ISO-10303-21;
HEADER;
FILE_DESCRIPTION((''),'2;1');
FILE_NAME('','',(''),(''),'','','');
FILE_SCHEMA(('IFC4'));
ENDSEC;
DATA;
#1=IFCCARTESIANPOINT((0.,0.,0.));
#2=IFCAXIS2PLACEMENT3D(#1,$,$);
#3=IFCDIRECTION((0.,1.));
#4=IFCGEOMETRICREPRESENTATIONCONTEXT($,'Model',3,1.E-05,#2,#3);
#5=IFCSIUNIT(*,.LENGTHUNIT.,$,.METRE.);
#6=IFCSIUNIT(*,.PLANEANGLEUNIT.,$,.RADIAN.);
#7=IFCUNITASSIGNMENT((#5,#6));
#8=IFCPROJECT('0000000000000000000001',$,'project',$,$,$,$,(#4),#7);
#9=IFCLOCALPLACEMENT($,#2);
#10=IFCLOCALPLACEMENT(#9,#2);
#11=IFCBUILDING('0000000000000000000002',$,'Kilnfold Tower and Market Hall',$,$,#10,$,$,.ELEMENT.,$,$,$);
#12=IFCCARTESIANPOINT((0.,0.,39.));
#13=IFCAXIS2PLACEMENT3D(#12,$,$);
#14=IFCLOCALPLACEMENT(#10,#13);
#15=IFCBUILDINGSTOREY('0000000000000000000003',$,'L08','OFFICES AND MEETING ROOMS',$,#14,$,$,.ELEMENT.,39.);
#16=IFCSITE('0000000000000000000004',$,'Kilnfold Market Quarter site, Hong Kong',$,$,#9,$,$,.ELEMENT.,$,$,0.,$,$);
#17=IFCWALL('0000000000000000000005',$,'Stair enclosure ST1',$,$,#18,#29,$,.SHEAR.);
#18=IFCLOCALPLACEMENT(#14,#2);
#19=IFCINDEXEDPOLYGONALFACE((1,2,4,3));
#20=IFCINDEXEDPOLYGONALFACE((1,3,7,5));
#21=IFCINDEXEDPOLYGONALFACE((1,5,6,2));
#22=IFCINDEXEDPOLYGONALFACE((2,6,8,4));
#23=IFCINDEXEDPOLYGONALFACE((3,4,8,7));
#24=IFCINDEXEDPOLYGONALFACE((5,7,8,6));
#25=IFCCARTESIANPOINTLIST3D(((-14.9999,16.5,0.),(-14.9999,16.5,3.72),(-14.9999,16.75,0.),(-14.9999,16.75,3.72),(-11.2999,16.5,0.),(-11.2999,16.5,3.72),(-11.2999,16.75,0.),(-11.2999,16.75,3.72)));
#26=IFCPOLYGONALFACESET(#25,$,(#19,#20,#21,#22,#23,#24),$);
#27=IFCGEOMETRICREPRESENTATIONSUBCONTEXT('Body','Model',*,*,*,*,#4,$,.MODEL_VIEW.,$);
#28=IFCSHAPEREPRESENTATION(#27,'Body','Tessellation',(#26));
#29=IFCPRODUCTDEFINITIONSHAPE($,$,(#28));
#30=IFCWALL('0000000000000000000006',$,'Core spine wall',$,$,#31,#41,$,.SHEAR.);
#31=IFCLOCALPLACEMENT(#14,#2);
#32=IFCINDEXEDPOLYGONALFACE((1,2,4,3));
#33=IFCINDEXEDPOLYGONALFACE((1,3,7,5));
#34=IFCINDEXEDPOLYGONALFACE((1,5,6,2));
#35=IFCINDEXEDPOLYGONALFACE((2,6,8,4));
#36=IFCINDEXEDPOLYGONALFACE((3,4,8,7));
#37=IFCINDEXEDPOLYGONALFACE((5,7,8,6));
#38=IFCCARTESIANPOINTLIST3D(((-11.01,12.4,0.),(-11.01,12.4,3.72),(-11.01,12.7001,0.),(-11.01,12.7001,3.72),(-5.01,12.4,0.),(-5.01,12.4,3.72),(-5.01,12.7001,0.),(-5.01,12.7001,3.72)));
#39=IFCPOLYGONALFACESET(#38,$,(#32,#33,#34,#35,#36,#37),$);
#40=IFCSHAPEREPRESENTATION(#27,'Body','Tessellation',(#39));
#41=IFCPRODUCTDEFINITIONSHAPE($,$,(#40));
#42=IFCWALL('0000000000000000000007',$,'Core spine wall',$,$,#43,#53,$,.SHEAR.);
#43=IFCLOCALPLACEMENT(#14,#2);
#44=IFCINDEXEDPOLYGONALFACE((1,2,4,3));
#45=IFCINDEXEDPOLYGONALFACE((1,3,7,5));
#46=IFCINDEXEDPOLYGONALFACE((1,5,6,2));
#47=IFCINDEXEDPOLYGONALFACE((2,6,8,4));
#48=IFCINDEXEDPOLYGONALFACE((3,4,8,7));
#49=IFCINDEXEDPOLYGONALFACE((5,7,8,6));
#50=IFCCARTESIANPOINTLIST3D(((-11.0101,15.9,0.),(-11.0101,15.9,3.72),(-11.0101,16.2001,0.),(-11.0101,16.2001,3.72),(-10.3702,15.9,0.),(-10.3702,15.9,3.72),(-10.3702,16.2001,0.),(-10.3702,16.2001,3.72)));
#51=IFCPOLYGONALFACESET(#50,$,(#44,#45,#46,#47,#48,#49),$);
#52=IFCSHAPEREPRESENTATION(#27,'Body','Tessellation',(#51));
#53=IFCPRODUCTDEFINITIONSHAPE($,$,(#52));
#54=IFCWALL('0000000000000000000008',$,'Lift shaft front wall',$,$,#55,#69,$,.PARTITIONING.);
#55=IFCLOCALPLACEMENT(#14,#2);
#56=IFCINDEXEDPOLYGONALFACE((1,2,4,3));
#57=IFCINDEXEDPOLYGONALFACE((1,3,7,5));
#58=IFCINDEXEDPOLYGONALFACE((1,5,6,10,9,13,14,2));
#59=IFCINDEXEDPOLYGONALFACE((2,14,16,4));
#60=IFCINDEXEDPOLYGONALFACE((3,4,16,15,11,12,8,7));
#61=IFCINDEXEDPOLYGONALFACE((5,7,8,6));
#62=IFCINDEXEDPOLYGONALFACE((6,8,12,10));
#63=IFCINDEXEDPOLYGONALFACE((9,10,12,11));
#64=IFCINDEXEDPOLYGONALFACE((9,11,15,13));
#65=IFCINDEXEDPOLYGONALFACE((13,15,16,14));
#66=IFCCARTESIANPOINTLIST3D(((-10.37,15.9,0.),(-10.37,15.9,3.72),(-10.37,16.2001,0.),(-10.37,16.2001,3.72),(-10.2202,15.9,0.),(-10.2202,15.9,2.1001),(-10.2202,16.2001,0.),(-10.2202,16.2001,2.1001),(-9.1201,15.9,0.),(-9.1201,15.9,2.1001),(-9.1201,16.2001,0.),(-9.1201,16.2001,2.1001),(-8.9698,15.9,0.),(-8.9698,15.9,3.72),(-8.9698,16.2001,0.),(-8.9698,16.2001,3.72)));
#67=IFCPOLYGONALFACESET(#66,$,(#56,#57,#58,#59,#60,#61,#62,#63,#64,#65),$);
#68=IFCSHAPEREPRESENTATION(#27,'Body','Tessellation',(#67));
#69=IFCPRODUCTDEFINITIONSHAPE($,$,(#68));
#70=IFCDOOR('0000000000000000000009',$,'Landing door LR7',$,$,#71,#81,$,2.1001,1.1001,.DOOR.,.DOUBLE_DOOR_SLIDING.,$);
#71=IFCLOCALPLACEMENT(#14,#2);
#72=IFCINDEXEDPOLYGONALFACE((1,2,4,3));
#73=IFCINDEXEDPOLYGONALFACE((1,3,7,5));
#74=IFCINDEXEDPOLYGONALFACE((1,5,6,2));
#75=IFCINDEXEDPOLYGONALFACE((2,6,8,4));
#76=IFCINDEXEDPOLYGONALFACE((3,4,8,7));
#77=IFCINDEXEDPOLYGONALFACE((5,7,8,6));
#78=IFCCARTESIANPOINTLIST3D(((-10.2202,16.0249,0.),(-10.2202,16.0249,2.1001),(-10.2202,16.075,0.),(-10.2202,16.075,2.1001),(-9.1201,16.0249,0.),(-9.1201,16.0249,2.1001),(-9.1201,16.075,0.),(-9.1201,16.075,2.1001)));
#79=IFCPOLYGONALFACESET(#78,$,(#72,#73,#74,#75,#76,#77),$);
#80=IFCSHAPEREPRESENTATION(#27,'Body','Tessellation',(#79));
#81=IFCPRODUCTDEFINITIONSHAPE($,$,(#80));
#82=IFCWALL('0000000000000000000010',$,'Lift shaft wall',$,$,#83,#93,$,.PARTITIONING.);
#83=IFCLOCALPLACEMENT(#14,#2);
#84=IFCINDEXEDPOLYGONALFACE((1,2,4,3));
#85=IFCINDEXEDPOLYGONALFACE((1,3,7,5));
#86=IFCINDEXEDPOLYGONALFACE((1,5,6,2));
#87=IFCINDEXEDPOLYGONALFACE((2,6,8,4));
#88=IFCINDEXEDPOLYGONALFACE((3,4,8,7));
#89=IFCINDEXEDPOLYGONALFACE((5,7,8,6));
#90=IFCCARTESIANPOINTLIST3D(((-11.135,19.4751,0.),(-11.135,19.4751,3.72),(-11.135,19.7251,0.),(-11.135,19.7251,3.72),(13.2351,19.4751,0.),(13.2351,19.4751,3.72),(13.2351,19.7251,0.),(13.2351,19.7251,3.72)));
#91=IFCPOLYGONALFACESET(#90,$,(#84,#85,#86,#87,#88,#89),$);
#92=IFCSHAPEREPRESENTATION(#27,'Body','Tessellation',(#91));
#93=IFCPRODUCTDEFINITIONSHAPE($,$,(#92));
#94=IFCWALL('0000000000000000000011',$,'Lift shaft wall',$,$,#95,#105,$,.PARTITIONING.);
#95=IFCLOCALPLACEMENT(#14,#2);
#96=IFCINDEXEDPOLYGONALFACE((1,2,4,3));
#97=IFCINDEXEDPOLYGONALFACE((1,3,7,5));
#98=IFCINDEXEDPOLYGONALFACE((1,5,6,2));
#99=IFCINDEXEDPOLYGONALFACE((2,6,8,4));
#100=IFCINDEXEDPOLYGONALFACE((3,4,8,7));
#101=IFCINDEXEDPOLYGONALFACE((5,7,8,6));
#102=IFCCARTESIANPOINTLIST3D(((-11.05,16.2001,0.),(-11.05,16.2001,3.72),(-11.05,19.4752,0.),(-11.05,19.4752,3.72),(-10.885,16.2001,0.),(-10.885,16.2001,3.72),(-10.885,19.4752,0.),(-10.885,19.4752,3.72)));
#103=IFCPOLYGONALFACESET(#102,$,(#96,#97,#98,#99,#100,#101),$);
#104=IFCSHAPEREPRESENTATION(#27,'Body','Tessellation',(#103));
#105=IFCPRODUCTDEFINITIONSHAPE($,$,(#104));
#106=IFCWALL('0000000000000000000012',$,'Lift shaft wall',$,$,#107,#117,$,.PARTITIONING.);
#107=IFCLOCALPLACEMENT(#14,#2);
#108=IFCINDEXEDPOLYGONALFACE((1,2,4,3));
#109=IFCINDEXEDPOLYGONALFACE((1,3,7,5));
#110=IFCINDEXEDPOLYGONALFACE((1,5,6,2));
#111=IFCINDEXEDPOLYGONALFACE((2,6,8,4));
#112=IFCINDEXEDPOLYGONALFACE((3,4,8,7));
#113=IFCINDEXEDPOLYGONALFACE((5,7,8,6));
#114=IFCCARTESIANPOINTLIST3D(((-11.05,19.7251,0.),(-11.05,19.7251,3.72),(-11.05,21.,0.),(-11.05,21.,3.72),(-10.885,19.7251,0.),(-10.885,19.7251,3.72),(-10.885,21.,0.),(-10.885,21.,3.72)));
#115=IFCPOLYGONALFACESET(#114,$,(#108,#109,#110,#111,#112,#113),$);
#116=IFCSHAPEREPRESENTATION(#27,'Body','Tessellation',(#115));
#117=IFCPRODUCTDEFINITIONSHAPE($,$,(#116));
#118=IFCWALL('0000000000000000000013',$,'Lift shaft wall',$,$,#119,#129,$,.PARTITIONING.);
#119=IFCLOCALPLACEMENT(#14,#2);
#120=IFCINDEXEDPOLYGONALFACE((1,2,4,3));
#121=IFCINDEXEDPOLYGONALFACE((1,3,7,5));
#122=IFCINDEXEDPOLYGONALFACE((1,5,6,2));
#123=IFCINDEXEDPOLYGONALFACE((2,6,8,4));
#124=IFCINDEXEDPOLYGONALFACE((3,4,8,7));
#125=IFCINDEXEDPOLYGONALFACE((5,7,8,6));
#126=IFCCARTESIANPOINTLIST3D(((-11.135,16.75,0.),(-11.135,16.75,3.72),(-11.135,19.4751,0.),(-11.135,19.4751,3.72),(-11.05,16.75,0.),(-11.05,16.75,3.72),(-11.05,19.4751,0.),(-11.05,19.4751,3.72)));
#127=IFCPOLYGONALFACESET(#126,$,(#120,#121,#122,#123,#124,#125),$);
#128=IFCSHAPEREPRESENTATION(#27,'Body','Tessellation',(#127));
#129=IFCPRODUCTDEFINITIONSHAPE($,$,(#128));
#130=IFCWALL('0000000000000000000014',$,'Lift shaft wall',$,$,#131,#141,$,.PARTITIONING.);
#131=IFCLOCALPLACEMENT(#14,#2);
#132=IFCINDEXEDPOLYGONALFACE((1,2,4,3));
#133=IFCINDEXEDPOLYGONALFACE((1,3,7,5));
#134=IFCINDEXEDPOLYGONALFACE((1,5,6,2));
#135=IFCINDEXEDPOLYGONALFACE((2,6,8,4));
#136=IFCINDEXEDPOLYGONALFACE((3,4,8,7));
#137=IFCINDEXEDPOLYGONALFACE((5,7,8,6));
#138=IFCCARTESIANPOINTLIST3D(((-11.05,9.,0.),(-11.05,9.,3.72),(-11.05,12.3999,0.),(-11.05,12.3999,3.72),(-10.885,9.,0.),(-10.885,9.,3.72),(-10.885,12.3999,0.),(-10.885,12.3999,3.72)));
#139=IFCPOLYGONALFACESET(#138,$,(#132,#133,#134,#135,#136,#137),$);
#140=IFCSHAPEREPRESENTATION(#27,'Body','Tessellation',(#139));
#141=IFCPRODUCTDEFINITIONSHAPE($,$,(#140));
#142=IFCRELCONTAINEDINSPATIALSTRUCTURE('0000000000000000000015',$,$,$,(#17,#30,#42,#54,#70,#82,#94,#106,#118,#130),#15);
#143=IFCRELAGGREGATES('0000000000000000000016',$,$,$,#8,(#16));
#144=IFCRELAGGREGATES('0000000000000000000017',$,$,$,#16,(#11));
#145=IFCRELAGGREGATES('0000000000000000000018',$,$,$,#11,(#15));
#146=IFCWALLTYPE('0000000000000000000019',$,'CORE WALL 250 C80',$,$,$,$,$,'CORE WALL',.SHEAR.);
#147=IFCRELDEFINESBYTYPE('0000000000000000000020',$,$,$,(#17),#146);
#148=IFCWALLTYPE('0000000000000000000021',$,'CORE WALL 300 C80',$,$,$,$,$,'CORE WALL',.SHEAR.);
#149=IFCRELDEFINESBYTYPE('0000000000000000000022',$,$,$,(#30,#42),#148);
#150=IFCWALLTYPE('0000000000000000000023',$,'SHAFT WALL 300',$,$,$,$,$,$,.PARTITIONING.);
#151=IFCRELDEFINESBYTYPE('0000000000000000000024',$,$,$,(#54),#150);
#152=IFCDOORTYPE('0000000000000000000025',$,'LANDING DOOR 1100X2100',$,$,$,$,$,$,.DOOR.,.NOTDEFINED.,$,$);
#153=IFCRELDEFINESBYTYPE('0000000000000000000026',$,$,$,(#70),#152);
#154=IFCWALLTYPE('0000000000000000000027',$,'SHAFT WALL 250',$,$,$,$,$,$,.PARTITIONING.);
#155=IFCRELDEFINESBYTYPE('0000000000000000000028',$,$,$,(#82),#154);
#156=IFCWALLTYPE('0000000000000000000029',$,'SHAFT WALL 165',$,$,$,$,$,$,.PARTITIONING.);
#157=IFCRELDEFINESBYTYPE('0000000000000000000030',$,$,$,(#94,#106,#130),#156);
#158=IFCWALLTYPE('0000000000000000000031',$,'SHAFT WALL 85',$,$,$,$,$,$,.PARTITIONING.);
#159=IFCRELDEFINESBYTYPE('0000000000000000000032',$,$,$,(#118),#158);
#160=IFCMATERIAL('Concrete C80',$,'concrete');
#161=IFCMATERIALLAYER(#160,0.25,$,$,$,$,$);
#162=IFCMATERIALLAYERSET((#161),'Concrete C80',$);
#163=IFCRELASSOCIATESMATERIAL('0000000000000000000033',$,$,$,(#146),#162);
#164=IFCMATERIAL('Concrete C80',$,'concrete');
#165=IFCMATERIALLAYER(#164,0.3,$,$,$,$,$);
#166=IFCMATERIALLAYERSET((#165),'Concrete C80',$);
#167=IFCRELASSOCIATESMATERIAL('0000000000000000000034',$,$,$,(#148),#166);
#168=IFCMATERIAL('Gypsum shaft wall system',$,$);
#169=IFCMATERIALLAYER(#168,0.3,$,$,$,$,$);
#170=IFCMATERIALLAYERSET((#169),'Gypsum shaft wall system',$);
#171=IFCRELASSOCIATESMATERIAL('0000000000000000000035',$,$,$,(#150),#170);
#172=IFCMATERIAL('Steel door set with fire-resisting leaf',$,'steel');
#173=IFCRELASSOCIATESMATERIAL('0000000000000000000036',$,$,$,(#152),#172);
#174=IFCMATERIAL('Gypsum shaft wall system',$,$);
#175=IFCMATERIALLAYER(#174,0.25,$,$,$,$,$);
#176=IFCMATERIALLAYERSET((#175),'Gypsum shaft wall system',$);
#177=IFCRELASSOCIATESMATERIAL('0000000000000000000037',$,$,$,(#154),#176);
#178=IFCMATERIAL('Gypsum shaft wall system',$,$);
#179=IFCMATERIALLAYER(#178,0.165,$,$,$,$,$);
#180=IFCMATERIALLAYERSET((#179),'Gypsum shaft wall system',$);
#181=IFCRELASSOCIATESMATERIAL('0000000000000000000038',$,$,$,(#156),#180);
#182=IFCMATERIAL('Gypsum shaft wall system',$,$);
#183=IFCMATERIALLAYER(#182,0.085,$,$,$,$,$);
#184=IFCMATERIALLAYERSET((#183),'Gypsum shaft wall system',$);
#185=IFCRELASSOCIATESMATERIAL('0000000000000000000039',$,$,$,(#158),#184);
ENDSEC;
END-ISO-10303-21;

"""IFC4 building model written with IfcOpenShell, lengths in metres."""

from ifc_helpers import new_model, si_unit, direction, frame, frame_2d, origin, place, context, subcontext, project, spatial, rectangle, extrude, source, transform, mapped, material, layer, layer_set, type_object, element, fill, save


model = new_model("IFC4")

# Units and contexts
model_context = context("Model", 3, precision=1e-05, world=origin(), true_north=direction((0.0, 1.0)))
body_context = subcontext(model_context, "Body", "Model", "MODEL_VIEW")
ifc_project = project(units=[si_unit("LENGTHUNIT", "METRE"), si_unit("PLANEANGLEUNIT", "RADIAN")], contexts=[model_context])

# Site, building, storey
site_placement = place(None, origin())
site = spatial("IfcSite", under=ifc_project, at=site_placement, Name="Kilnfold Market Quarter site, Hong Kong", CompositionType="ELEMENT", RefElevation=0.0)
building_placement = place(site_placement, origin())
building = spatial("IfcBuilding", under=site, at=building_placement, Name="Kilnfold Tower and Market Hall", CompositionType="ELEMENT")
storey_placement = place(building_placement, frame((0.0, 0.0, 39.0)))
storey = spatial("IfcBuildingStorey", under=building, at=storey_placement, Name="L08", Description="OFFICES AND MEETING ROOMS", CompositionType="ELEMENT", Elevation=39.0)

# Walls
ifc_material_1 = material(Name="Concrete C80", Category="concrete")
ifc_layer_1 = layer(ifc_material_1, 0.25)
ifc_layer_set_1 = layer_set([ifc_layer_1], Name="Concrete C80")
wall_type_1 = type_object("IfcWallType", Name="CORE WALL 250 C80", ElementType="CORE WALL", PredefinedType="SHEAR", material=ifc_layer_set_1)
shared_shape_1 = source(origin(), body_context, "Body", "SweptSolid", [
    extrude(rectangle(XDim=3.7, YDim=0.25, at=frame_2d((1.8501, 0.0))), origin(), (0.0, 0.0, 1.0), 3.72),
])
wall_1_placement = place(storey_placement, frame((-15.0, 16.625, 0.0), z_axis=(0.0, 0.0, 1.0), x_axis=(1.0, 0.0, 0.0)))
element("IfcWall", 1, at=wall_1_placement, inside=storey, type_object=wall_type_1, Name="Stair enclosure ST1", PredefinedType="SHEAR", context=body_context, shape_type="MappedRepresentation", body=[
    mapped(shared_shape_1, transform((0.0, 0.0, 0.0))),
])
ifc_material_2 = material(Name="Concrete C80", Category="concrete")
ifc_layer_2 = layer(ifc_material_2, 0.3)
ifc_layer_set_2 = layer_set([ifc_layer_2], Name="Concrete C80")
wall_type_2 = type_object("IfcWallType", Name="CORE WALL 300 C80", ElementType="CORE WALL", PredefinedType="SHEAR", material=ifc_layer_set_2)
shared_shape_2 = source(origin(), body_context, "Body", "SweptSolid", [
    extrude(rectangle(XDim=6.0, YDim=0.3, at=frame_2d((3.0, 0.0))), origin(), (0.0, 0.0, 1.0), 3.72),
])
wall_2_placement = place(storey_placement, frame((-11.01, 12.55, 0.0), z_axis=(0.0, 0.0, 1.0), x_axis=(1.0, 0.0, 0.0)))
element("IfcWall", 2, at=wall_2_placement, inside=storey, type_object=wall_type_2, Name="Core spine wall", PredefinedType="SHEAR", context=body_context, shape_type="MappedRepresentation", body=[
    mapped(shared_shape_2, transform((0.0, 0.0, 0.0))),
])
shared_shape_3 = source(origin(), body_context, "Body", "SweptSolid", [
    extrude(rectangle(XDim=0.6399, YDim=0.3, at=frame_2d((0.3198, 0.0))), origin(), (0.0, 0.0, 1.0), 3.72),
])
wall_3_placement = place(storey_placement, frame((-11.01, 16.05, 0.0), z_axis=(0.0, 0.0, 1.0), x_axis=(1.0, 0.0, 0.0)))
element("IfcWall", 3, at=wall_3_placement, inside=storey, type_object=wall_type_2, Name="Core spine wall", PredefinedType="SHEAR", context=body_context, shape_type="MappedRepresentation", body=[
    mapped(shared_shape_3, transform((0.0, 0.0, 0.0))),
])

# Wall, opening, door
ifc_material_3 = material(Name="Gypsum shaft wall system")
ifc_layer_3 = layer(ifc_material_3, 0.3)
ifc_layer_set_3 = layer_set([ifc_layer_3], Name="Gypsum shaft wall system")
wall_type_3 = type_object("IfcWallType", Name="SHAFT WALL 300", PredefinedType="PARTITIONING", material=ifc_layer_set_3)
shared_shape_4 = source(origin(), body_context, "Body", "SweptSolid", [
    extrude(rectangle(XDim=1.4001, YDim=0.3, at=frame_2d((0.7002, 0.0))), origin(), (0.0, 0.0, 1.0), 3.72),
])
wall_4_placement = place(storey_placement, frame((-10.3701, 16.05, 0.0), z_axis=(0.0, 0.0, 1.0), x_axis=(1.0, 0.0, 0.0)))
wall_4 = element("IfcWall", 4, at=wall_4_placement, inside=storey, type_object=wall_type_3, Name="Lift shaft front wall", PredefinedType="PARTITIONING", context=body_context, shape_type="MappedRepresentation", body=[
    mapped(shared_shape_4, transform((0.0, 0.0, 0.0))),
])
opening_1_placement = place(wall_4_placement, frame((0.1499, 0.0, 0.0)))
opening_1 = element("IfcOpeningElement", 5, at=opening_1_placement, cuts=wall_4, PredefinedType="OPENING", context=body_context, shape_type="SweptSolid", body=[
    extrude(rectangle(XDim=1.1001, YDim=2.1001, at=frame_2d((0.55, 1.05))), frame((0.0, 0.1602, 0.0), z_axis=(0.0, -1.0, 0.0), x_axis=(1.0, 0.0, 0.0)), (0.0, 0.0, 1.0), 0.3201),
])
ifc_material_4 = material(Name="Steel door set with fire-resisting leaf", Category="steel")
door_type_1 = type_object("IfcDoorType", Name="LANDING DOOR 1100X2100", OperationType="NOTDEFINED", PredefinedType="DOOR", material=ifc_material_4)
door_1_placement = place(opening_1_placement, origin())
door_1 = element("IfcDoor", 6, at=door_1_placement, inside=storey, type_object=door_type_1, Name="Landing door LR7", OperationType="DOUBLE_DOOR_SLIDING", OverallHeight=2.1001, OverallWidth=1.1001, PredefinedType="DOOR", context=body_context, shape_type="SweptSolid", body=[
    extrude(rectangle(XDim=1.1001, YDim=2.1001, at=frame_2d((0.55, 1.05))), frame((0.0, 0.0249, 0.0), z_axis=(0.0, -1.0, 0.0), x_axis=(1.0, 0.0, 0.0)), (0.0, 0.0, 1.0), 0.05),
])
fill(opening_1, door_1)

# Walls
ifc_material_5 = material(Name="Gypsum shaft wall system")
ifc_layer_4 = layer(ifc_material_5, 0.25)
ifc_layer_set_4 = layer_set([ifc_layer_4], Name="Gypsum shaft wall system")
wall_type_4 = type_object("IfcWallType", Name="SHAFT WALL 250", PredefinedType="PARTITIONING", material=ifc_layer_set_4)
shared_shape_5 = source(origin(), body_context, "Body", "SweptSolid", [
    extrude(rectangle(XDim=24.3701, YDim=0.25, at=frame_2d((12.1851, 0.0))), origin(), (0.0, 0.0, 1.0), 3.72),
])
wall_5_placement = place(storey_placement, frame((-11.135, 19.6001, 0.0), z_axis=(0.0, 0.0, 1.0), x_axis=(1.0, 0.0, 0.0)))
element("IfcWall", 7, at=wall_5_placement, inside=storey, type_object=wall_type_4, Name="Lift shaft wall", PredefinedType="PARTITIONING", context=body_context, shape_type="MappedRepresentation", body=[
    mapped(shared_shape_5, transform((0.0, 0.0, 0.0))),
])
ifc_material_6 = material(Name="Gypsum shaft wall system")
ifc_layer_5 = layer(ifc_material_6, 0.165)
ifc_layer_set_5 = layer_set([ifc_layer_5], Name="Gypsum shaft wall system")
wall_type_5 = type_object("IfcWallType", Name="SHAFT WALL 165", PredefinedType="PARTITIONING", material=ifc_layer_set_5)
shared_shape_6 = source(origin(), body_context, "Body", "SweptSolid", [
    extrude(rectangle(XDim=3.2751, YDim=0.165, at=frame_2d((1.6377, 0.0))), origin(), (0.0, 0.0, 1.0), 3.72),
])
wall_6_placement = place(storey_placement, frame((-10.9675, 16.2, 0.0), z_axis=(0.0, 0.0, 1.0), x_axis=(0.0, 1.0, 0.0)))
element("IfcWall", 8, at=wall_6_placement, inside=storey, type_object=wall_type_5, Name="Lift shaft wall", PredefinedType="PARTITIONING", context=body_context, shape_type="MappedRepresentation", body=[
    mapped(shared_shape_6, transform((0.0, 0.0, 0.0))),
])
shared_shape_7 = source(origin(), body_context, "Body", "SweptSolid", [
    extrude(rectangle(XDim=1.2749, YDim=0.165, at=frame_2d((0.6375, 0.0))), origin(), (0.0, 0.0, 1.0), 3.72),
])
wall_7_placement = place(storey_placement, frame((-10.9675, 19.7251, 0.0), z_axis=(0.0, 0.0, 1.0), x_axis=(0.0, 1.0, 0.0)))
element("IfcWall", 9, at=wall_7_placement, inside=storey, type_object=wall_type_5, Name="Lift shaft wall", PredefinedType="PARTITIONING", context=body_context, shape_type="MappedRepresentation", body=[
    mapped(shared_shape_7, transform((0.0, 0.0, 0.0))),
])
ifc_material_7 = material(Name="Gypsum shaft wall system")
ifc_layer_6 = layer(ifc_material_7, 0.085)
ifc_layer_set_6 = layer_set([ifc_layer_6], Name="Gypsum shaft wall system")
wall_type_6 = type_object("IfcWallType", Name="SHAFT WALL 85", PredefinedType="PARTITIONING", material=ifc_layer_set_6)
shared_shape_8 = source(origin(), body_context, "Body", "SweptSolid", [
    extrude(rectangle(XDim=2.7251, YDim=0.085, at=frame_2d((1.3625, 0.0))), origin(), (0.0, 0.0, 1.0), 3.72),
])
wall_8_placement = place(storey_placement, frame((-11.0925, 16.75, 0.0), z_axis=(0.0, 0.0, 1.0), x_axis=(0.0, 1.0, 0.0)))
element("IfcWall", 10, at=wall_8_placement, inside=storey, type_object=wall_type_6, Name="Lift shaft wall", PredefinedType="PARTITIONING", context=body_context, shape_type="MappedRepresentation", body=[
    mapped(shared_shape_8, transform((0.0, 0.0, 0.0))),
])
shared_shape_9 = source(origin(), body_context, "Body", "SweptSolid", [
    extrude(rectangle(XDim=3.3999, YDim=0.165, at=frame_2d((1.7, 0.0))), origin(), (0.0, 0.0, 1.0), 3.72),
])
wall_9_placement = place(storey_placement, frame((-10.9675, 9.0, 0.0), z_axis=(0.0, 0.0, 1.0), x_axis=(0.0, 1.0, 0.0)))
element("IfcWall", 11, at=wall_9_placement, inside=storey, type_object=wall_type_5, Name="Lift shaft wall", PredefinedType="PARTITIONING", context=body_context, shape_type="MappedRepresentation", body=[
    mapped(shared_shape_9, transform((0.0, 0.0, 0.0))),
])

save(model, "model.ifc")
